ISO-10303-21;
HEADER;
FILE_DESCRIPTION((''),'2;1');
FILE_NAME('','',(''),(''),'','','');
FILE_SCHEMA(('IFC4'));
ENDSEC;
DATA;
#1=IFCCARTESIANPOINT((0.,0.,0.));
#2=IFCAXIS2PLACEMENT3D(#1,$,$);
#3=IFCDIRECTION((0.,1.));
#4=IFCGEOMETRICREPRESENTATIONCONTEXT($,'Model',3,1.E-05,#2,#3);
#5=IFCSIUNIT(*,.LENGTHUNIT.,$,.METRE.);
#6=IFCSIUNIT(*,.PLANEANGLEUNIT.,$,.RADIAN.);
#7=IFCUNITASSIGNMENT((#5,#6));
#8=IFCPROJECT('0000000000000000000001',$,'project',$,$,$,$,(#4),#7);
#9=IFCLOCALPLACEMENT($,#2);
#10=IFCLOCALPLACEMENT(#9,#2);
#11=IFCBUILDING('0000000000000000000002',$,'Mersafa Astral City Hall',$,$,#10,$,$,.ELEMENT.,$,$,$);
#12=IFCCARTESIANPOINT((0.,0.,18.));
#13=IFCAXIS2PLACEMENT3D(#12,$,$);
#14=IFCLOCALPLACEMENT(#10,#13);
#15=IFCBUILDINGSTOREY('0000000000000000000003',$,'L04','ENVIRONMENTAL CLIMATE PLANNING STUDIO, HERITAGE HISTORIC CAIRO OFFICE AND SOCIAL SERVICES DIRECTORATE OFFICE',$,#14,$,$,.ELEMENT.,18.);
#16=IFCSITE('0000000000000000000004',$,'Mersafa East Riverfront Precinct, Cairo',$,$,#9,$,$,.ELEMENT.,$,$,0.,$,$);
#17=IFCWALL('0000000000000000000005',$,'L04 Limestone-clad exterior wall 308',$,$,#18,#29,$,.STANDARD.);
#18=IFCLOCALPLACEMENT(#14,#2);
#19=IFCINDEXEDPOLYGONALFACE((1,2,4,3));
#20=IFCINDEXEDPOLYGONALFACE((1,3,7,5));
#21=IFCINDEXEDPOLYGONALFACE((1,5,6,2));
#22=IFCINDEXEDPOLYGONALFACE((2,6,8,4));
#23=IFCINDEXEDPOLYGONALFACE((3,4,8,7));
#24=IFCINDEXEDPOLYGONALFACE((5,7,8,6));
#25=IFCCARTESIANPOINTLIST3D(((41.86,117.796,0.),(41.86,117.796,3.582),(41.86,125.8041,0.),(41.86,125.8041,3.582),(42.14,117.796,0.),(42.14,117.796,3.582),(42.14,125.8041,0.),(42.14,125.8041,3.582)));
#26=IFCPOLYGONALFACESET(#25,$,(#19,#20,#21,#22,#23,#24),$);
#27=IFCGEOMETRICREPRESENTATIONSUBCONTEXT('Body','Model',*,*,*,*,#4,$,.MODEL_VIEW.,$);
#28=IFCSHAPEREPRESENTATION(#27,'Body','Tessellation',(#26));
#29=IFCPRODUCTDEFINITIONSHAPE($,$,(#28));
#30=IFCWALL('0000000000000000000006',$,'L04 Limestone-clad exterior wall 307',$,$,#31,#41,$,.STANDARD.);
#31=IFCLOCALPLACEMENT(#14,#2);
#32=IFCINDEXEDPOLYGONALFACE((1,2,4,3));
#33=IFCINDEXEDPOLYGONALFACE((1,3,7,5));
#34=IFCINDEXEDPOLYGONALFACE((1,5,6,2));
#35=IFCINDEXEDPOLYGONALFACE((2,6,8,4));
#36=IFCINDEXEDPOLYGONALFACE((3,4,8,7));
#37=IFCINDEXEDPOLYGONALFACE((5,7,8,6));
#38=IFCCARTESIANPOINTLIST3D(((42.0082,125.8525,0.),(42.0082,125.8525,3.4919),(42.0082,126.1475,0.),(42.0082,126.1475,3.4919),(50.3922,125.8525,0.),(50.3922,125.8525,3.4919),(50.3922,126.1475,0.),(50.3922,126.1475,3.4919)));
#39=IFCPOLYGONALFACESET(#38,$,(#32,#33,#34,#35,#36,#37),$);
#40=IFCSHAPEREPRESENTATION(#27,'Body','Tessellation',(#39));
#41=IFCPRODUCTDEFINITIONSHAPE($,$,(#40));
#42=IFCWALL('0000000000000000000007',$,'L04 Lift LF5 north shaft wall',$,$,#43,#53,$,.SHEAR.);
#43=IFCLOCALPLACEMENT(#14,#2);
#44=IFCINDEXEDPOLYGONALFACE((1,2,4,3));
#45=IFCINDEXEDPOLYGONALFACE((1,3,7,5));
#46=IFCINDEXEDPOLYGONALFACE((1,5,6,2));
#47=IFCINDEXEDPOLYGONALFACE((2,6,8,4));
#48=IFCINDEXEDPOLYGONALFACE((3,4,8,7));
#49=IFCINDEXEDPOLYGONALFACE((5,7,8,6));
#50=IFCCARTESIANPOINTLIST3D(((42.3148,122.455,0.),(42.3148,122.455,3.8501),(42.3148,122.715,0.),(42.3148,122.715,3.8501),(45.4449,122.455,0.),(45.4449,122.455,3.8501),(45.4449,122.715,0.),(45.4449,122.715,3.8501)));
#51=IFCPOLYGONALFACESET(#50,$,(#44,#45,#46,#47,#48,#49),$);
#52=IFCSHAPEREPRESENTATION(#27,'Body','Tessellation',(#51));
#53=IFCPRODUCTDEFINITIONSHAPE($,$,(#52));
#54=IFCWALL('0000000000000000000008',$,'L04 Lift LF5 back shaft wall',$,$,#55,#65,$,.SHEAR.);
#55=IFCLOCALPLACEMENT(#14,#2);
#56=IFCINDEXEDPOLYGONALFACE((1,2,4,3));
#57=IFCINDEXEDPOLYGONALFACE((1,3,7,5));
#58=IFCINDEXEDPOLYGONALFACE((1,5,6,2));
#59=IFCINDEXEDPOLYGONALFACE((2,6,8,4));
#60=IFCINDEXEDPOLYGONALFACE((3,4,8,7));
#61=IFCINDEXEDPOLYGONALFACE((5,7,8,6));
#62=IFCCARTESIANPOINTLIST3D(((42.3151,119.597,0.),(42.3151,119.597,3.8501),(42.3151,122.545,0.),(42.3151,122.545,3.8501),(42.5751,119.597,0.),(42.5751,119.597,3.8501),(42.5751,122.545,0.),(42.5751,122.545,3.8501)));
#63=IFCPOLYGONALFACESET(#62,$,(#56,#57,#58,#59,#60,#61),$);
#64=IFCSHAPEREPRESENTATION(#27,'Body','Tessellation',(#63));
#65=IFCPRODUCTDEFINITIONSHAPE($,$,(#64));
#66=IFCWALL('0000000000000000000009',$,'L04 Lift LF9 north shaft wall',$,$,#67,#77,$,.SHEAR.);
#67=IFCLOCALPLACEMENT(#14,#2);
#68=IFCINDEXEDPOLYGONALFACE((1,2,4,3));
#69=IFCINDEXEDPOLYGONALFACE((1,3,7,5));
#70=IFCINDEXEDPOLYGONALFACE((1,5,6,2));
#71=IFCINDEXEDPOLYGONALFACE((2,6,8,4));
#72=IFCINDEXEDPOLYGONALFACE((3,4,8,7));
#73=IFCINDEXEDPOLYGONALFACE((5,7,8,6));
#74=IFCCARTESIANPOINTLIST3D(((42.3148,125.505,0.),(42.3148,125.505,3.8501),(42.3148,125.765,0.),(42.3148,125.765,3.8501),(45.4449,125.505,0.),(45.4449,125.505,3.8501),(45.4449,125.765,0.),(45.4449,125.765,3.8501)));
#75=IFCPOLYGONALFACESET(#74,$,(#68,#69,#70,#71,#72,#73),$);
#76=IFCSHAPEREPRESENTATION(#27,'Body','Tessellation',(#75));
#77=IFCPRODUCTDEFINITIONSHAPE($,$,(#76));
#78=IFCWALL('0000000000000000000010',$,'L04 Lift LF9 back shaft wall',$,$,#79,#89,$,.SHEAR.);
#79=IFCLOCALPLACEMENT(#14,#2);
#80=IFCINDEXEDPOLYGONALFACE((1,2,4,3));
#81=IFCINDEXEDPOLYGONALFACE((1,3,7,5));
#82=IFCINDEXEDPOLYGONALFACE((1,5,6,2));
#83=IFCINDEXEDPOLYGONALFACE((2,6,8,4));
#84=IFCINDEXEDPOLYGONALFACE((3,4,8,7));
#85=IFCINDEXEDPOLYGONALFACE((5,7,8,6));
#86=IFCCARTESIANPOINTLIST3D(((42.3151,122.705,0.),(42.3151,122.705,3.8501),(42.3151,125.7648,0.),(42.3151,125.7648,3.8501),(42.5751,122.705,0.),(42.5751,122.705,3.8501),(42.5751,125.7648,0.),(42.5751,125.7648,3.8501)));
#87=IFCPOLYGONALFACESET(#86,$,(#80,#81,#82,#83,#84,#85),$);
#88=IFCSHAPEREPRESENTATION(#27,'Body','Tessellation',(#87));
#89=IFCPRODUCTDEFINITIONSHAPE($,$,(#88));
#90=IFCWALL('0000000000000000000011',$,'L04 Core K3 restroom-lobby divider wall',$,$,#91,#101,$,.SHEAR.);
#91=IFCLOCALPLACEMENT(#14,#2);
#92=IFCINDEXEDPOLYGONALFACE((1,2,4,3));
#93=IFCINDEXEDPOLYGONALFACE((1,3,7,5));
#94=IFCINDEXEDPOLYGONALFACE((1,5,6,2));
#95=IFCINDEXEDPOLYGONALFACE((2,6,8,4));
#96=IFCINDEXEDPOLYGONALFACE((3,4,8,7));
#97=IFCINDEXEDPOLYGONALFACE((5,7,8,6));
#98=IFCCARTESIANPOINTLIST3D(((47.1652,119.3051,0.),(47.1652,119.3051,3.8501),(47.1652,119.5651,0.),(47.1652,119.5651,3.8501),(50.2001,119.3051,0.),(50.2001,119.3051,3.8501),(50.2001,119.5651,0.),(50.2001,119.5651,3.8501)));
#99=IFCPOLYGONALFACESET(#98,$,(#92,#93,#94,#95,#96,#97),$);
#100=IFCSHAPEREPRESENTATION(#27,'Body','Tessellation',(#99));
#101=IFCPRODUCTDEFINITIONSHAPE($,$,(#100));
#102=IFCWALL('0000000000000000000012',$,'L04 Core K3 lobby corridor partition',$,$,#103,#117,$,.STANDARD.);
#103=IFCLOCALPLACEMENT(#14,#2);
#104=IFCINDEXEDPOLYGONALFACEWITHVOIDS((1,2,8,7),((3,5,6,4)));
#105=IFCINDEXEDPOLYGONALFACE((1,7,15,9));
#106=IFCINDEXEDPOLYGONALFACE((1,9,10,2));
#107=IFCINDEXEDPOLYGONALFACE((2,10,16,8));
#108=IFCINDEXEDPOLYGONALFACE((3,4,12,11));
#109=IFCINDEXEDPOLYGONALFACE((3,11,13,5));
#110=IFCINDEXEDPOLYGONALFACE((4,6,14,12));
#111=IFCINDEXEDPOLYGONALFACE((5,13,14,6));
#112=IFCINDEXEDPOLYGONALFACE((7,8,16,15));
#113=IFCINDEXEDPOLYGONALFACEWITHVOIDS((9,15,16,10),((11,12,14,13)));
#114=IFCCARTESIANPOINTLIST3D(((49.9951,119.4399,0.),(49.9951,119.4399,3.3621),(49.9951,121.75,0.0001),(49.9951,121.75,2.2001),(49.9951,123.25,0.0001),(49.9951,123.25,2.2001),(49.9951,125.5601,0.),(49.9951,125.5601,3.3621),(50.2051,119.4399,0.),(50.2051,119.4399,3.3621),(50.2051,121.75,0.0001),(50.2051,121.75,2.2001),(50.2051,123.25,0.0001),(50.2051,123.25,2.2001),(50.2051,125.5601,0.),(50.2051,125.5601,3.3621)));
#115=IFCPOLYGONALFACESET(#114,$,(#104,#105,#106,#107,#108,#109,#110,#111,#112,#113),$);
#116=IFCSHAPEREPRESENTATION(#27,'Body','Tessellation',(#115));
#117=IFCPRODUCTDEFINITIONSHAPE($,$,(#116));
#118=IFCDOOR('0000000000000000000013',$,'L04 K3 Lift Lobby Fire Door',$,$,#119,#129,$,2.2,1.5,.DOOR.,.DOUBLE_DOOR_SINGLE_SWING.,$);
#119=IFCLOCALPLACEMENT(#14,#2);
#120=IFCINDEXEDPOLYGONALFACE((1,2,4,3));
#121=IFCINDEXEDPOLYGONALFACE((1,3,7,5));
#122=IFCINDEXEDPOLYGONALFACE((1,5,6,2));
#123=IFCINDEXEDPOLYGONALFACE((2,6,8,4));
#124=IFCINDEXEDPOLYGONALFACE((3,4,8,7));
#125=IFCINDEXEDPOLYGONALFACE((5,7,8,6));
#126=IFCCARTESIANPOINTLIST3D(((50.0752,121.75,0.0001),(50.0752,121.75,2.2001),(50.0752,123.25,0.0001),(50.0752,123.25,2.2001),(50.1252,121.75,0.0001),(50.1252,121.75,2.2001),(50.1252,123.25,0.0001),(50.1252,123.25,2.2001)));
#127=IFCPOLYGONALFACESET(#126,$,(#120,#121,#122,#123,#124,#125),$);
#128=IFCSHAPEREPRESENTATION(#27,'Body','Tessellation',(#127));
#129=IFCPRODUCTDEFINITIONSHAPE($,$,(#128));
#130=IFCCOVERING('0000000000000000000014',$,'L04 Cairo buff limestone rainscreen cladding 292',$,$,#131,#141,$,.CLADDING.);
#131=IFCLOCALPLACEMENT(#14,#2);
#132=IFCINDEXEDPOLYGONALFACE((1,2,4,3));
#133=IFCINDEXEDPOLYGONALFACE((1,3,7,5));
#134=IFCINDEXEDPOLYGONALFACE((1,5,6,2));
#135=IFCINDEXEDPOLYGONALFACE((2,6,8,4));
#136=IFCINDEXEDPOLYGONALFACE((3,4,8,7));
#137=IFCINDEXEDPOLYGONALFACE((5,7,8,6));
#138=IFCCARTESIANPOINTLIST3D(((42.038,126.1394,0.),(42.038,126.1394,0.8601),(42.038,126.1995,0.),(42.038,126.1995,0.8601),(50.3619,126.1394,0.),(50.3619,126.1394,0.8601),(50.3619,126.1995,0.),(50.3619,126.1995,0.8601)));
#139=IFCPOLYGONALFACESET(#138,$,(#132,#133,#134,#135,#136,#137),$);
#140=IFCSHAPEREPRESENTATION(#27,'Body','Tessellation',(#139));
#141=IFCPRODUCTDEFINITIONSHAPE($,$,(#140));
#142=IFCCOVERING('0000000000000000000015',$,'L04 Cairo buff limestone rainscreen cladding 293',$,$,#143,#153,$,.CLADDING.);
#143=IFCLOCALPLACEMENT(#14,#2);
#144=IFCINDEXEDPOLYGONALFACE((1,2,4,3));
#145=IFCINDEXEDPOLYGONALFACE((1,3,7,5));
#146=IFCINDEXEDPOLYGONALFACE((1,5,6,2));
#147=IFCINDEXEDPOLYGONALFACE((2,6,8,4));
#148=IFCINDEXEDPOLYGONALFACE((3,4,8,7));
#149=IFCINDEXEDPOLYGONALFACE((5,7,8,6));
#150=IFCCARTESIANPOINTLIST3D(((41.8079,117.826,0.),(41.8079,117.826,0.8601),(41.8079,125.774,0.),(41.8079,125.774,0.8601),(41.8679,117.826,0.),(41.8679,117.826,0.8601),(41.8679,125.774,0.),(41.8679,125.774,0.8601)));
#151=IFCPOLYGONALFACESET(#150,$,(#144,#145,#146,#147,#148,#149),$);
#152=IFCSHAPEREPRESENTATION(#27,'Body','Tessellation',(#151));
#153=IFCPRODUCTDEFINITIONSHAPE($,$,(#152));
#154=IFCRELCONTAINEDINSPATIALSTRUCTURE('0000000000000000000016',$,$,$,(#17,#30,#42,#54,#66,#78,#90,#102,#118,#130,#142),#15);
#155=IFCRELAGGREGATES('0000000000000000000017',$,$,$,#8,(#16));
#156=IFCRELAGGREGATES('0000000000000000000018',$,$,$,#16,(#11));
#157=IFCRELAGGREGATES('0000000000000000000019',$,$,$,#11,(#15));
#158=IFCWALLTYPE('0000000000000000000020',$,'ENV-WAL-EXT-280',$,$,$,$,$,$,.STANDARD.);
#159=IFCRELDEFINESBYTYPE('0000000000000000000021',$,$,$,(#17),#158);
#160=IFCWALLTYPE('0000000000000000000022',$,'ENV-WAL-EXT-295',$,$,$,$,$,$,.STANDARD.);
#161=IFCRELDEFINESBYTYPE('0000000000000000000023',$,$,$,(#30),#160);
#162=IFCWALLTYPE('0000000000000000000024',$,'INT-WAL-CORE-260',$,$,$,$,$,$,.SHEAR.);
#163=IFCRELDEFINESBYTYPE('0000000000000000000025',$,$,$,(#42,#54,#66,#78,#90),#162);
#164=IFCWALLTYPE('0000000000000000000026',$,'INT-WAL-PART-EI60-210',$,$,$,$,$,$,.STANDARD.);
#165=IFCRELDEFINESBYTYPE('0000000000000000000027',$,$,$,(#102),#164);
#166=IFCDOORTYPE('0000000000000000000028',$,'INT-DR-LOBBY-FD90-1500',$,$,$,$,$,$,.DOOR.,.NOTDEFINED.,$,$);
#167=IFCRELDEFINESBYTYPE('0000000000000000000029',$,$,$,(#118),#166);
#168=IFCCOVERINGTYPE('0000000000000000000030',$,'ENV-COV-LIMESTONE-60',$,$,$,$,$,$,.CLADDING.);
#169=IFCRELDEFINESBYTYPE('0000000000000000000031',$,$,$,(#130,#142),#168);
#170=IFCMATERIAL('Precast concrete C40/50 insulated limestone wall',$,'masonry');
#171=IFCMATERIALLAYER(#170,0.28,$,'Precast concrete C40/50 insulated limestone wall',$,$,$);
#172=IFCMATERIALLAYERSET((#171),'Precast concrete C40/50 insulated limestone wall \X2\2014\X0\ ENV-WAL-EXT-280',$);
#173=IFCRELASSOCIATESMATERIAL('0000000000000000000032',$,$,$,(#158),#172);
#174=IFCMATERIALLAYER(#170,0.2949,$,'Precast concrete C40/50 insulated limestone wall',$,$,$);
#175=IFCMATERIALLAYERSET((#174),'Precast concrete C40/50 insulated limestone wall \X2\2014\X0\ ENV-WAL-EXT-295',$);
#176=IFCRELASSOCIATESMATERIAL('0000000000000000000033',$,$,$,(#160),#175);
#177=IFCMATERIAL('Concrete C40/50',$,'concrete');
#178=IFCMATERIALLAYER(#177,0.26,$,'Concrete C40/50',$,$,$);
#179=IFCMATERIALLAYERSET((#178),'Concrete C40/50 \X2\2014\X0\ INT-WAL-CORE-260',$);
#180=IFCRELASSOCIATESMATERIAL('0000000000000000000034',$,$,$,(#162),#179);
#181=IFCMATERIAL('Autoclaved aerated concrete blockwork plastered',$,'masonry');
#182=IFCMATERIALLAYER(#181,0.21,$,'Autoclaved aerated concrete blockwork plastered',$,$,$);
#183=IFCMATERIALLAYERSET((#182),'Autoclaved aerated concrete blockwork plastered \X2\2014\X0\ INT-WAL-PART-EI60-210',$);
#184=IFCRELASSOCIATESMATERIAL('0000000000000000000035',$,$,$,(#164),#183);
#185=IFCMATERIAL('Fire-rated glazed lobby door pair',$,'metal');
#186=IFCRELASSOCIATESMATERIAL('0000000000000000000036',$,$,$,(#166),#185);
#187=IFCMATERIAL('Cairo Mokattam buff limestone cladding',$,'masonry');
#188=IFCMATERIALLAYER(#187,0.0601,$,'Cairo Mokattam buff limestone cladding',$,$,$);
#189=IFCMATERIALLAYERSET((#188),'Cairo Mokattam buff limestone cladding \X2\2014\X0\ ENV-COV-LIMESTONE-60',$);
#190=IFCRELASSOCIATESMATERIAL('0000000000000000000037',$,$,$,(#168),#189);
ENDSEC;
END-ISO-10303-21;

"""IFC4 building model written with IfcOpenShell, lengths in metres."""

from ifc_helpers import new_model, si_unit, direction, frame, frame_2d, origin, origin_2d, place, context, subcontext, project, spatial, rectangle, extrude, material, layer, layer_set, type_object, element, fill, save


model = new_model("IFC4")

# Units and contexts
model_context = context("Model", 3, precision=1e-05, world=origin(), true_north=direction((0.0, 1.0)))
body_context = subcontext(model_context, "Body", "Model", "MODEL_VIEW")
ifc_project = project(units=[si_unit("LENGTHUNIT", "METRE"), si_unit("PLANEANGLEUNIT", "RADIAN")], contexts=[model_context])

# Site, building, storey
site_placement = place(None, origin())
site = spatial("IfcSite", under=ifc_project, at=site_placement, Name="Mersafa East Riverfront Precinct, Cairo", CompositionType="ELEMENT", RefElevation=0.0)
building_placement = place(site_placement, origin())
building = spatial("IfcBuilding", under=site, at=building_placement, Name="Mersafa Astral City Hall", CompositionType="ELEMENT")
storey_placement = place(building_placement, frame((0.0, 0.0, 18.0)))
storey = spatial("IfcBuildingStorey", under=building, at=storey_placement, Name="L04", Description="ENVIRONMENTAL CLIMATE PLANNING STUDIO, HERITAGE HISTORIC CAIRO OFFICE AND SOCIAL SERVICES DIRECTORATE OFFICE", CompositionType="ELEMENT", Elevation=18.0)

# Walls
ifc_material_1 = material(Name="Precast concrete C40/50 insulated limestone wall", Category="masonry")
ifc_layer_1 = layer(ifc_material_1, 0.28, Name="Precast concrete C40/50 insulated limestone wall")
ifc_layer_set_1 = layer_set([ifc_layer_1], Name="Precast concrete C40/50 insulated limestone wall — ENV-WAL-EXT-280")
wall_type_1 = type_object("IfcWallType", Name="ENV-WAL-EXT-280", PredefinedType="STANDARD", material=ifc_layer_set_1)
wall_1_placement = place(storey_placement, frame((42.0, 125.804, 0.0), z_axis=(0.0, 0.0, 1.0), x_axis=(0.0, -1.0, 0.0)))
element("IfcWall", 1, at=wall_1_placement, inside=storey, type_object=wall_type_1, Name="L04 Limestone-clad exterior wall 308", PredefinedType="STANDARD", context=body_context, shape_type="SweptSolid", body=[
    extrude(rectangle(XDim=8.0081, YDim=0.28, at=frame_2d((4.0039, 0.0))), origin(), (0.0, 0.0, 1.0), 3.582),
])
ifc_layer_2 = layer(ifc_material_1, 0.2949, Name="Precast concrete C40/50 insulated limestone wall")
ifc_layer_set_2 = layer_set([ifc_layer_2], Name="Precast concrete C40/50 insulated limestone wall — ENV-WAL-EXT-295")
wall_type_2 = type_object("IfcWallType", Name="ENV-WAL-EXT-295", PredefinedType="STANDARD", material=ifc_layer_set_2)
wall_2_placement = place(storey_placement, frame((50.3921, 126.0, 0.0), z_axis=(0.0, 0.0, 1.0), x_axis=(-1.0, 0.0, 0.0)))
element("IfcWall", 2, at=wall_2_placement, inside=storey, type_object=wall_type_2, Name="L04 Limestone-clad exterior wall 307", PredefinedType="STANDARD", context=body_context, shape_type="SweptSolid", body=[
    extrude(rectangle(XDim=8.384, YDim=0.2949, at=frame_2d((4.1919, 0.0))), origin(), (0.0, 0.0, 1.0), 3.4919),
])
ifc_material_2 = material(Name="Concrete C40/50", Category="concrete")
ifc_layer_3 = layer(ifc_material_2, 0.26, Name="Concrete C40/50")
ifc_layer_set_3 = layer_set([ifc_layer_3], Name="Concrete C40/50 — INT-WAL-CORE-260")
wall_type_3 = type_object("IfcWallType", Name="INT-WAL-CORE-260", PredefinedType="SHEAR", material=ifc_layer_set_3)
wall_3_placement = place(storey_placement, frame((42.3149, 122.585, 0.0), z_axis=(0.0, 0.0, 1.0), x_axis=(1.0, 0.0, 0.0)))
element("IfcWall", 3, at=wall_3_placement, inside=storey, type_object=wall_type_3, Name="L04 Lift LF5 north shaft wall", PredefinedType="SHEAR", context=body_context, shape_type="SweptSolid", body=[
    extrude(rectangle(XDim=3.1301, YDim=0.26, at=frame_2d((1.5649, 0.0))), origin(), (0.0, 0.0, 1.0), 3.8501),
])
wall_4_placement = place(storey_placement, frame((42.4451, 119.5969, 0.0), z_axis=(0.0, 0.0, 1.0), x_axis=(0.0, 1.0, 0.0)))
element("IfcWall", 4, at=wall_4_placement, inside=storey, type_object=wall_type_3, Name="L04 Lift LF5 back shaft wall", PredefinedType="SHEAR", context=body_context, shape_type="SweptSolid", body=[
    extrude(rectangle(XDim=2.948, YDim=0.26, at=frame_2d((1.4741, 0.0))), origin(), (0.0, 0.0, 1.0), 3.8501),
])

# Walls
wall_5_placement = place(storey_placement, frame((42.3149, 125.635, 0.0), z_axis=(0.0, 0.0, 1.0), x_axis=(1.0, 0.0, 0.0)))
element("IfcWall", 5, at=wall_5_placement, inside=storey, type_object=wall_type_3, Name="L04 Lift LF9 north shaft wall", PredefinedType="SHEAR", context=body_context, shape_type="SweptSolid", body=[
    extrude(rectangle(XDim=3.1301, YDim=0.26, at=frame_2d((1.5649, 0.0))), origin(), (0.0, 0.0, 1.0), 3.8501),
])
wall_6_placement = place(storey_placement, frame((42.4451, 122.7051, 0.0), z_axis=(0.0, 0.0, 1.0), x_axis=(0.0, 1.0, 0.0)))
element("IfcWall", 6, at=wall_6_placement, inside=storey, type_object=wall_type_3, Name="L04 Lift LF9 back shaft wall", PredefinedType="SHEAR", context=body_context, shape_type="SweptSolid", body=[
    extrude(rectangle(XDim=3.0598, YDim=0.26, at=frame_2d((1.5298, 0.0))), origin(), (0.0, 0.0, 1.0), 3.8501),
])

# Wall
wall_7_placement = place(storey_placement, frame((47.165, 119.4351, 0.0), z_axis=(0.0, 0.0, 1.0), x_axis=(1.0, 0.0, 0.0)))
element("IfcWall", 7, at=wall_7_placement, inside=storey, type_object=wall_type_3, Name="L04 Core K3 restroom-lobby divider wall", PredefinedType="SHEAR", context=body_context, shape_type="SweptSolid", body=[
    extrude(rectangle(XDim=3.0349, YDim=0.26, at=frame_2d((1.5176, 0.0))), origin(), (0.0, 0.0, 1.0), 3.8501),
])

# Wall, opening, door
ifc_material_3 = material(Name="Autoclaved aerated concrete blockwork plastered", Category="masonry")
ifc_layer_4 = layer(ifc_material_3, 0.21, Name="Autoclaved aerated concrete blockwork plastered")
ifc_layer_set_4 = layer_set([ifc_layer_4], Name="Autoclaved aerated concrete blockwork plastered — INT-WAL-PART-EI60-210")
wall_type_4 = type_object("IfcWallType", Name="INT-WAL-PART-EI60-210", PredefinedType="STANDARD", material=ifc_layer_set_4)
wall_8_placement = place(storey_placement, frame((50.1001, 119.4399, 0.0), z_axis=(0.0, 0.0, 1.0), x_axis=(0.0, 1.0, 0.0)))
wall_8 = element("IfcWall", 8, at=wall_8_placement, inside=storey, type_object=wall_type_4, Name="L04 Core K3 lobby corridor partition", PredefinedType="STANDARD", context=body_context, shape_type="SweptSolid", body=[
    extrude(rectangle(XDim=6.1201, YDim=0.21, at=frame_2d((3.0601, 0.0))), origin(), (0.0, 0.0, 1.0), 3.3621),
])
opening_1_placement = place(wall_8_placement, frame((2.3101, 0.0, 0.0)))
opening_1 = element("IfcOpeningElement", 9, at=opening_1_placement, cuts=wall_8, PredefinedType="OPENING", context=body_context, shape_type="SweptSolid", body=[
    extrude(rectangle(XDim=1.5, YDim=2.2, at=frame_2d((0.75, 1.1001))), frame((0.0, 0.115, 0.0), z_axis=(0.0, -1.0, 0.0), x_axis=(1.0, 0.0, 0.0)), (0.0, 0.0, 1.0), 0.23),
])
ifc_material_4 = material(Name="Fire-rated glazed lobby door pair", Category="metal")
door_type_1 = type_object("IfcDoorType", Name="INT-DR-LOBBY-FD90-1500", OperationType="NOTDEFINED", PredefinedType="DOOR", material=ifc_material_4)
door_1_placement = place(opening_1_placement, origin())
door_1 = element("IfcDoor", 10, at=door_1_placement, inside=storey, type_object=door_type_1, Name="L04 K3 Lift Lobby Fire Door", OperationType="DOUBLE_DOOR_SINGLE_SWING", OverallHeight=2.2, OverallWidth=1.5, PredefinedType="DOOR", context=body_context, shape_type="SweptSolid", body=[
    extrude(rectangle(XDim=1.5, YDim=2.2, at=frame_2d((0.75, 1.1001))), frame((0.0, 0.0249, 0.0), z_axis=(0.0, -1.0, 0.0), x_axis=(1.0, 0.0, 0.0)), (0.0, 0.0, 1.0), 0.05),
])
fill(opening_1, door_1)

# Coverings
ifc_material_5 = material(Name="Cairo Mokattam buff limestone cladding", Category="masonry")
ifc_layer_5 = layer(ifc_material_5, 0.0601, Name="Cairo Mokattam buff limestone cladding")
ifc_layer_set_5 = layer_set([ifc_layer_5], Name="Cairo Mokattam buff limestone cladding — ENV-COV-LIMESTONE-60")
covering_type = type_object("IfcCoveringType", Name="ENV-COV-LIMESTONE-60", PredefinedType="CLADDING", material=ifc_layer_set_5)
covering_1_placement = place(storey_placement, frame((46.2, 126.1694, 0.0), z_axis=(0.0, 0.0, 1.0), x_axis=(-1.0, 0.0, 0.0)))
element("IfcCovering", 11, at=covering_1_placement, inside=storey, type_object=covering_type, Name="L04 Cairo buff limestone rainscreen cladding 292", PredefinedType="CLADDING", context=body_context, shape_type="SweptSolid", body=[
    extrude(rectangle(XDim=8.324, YDim=0.0601, at=origin_2d()), origin(), (0.0, 0.0, 1.0), 0.8601),
])
covering_2_placement = place(storey_placement, frame((41.8379, 121.8, 0.0), z_axis=(0.0, 0.0, 1.0), x_axis=(0.0, -1.0, 0.0)))
element("IfcCovering", 12, at=covering_2_placement, inside=storey, type_object=covering_type, Name="L04 Cairo buff limestone rainscreen cladding 293", PredefinedType="CLADDING", context=body_context, shape_type="SweptSolid", body=[
    extrude(rectangle(XDim=7.948, YDim=0.0601, at=origin_2d()), origin(), (0.0, 0.0, 1.0), 0.8601),
])

save(model, "model.ifc")
